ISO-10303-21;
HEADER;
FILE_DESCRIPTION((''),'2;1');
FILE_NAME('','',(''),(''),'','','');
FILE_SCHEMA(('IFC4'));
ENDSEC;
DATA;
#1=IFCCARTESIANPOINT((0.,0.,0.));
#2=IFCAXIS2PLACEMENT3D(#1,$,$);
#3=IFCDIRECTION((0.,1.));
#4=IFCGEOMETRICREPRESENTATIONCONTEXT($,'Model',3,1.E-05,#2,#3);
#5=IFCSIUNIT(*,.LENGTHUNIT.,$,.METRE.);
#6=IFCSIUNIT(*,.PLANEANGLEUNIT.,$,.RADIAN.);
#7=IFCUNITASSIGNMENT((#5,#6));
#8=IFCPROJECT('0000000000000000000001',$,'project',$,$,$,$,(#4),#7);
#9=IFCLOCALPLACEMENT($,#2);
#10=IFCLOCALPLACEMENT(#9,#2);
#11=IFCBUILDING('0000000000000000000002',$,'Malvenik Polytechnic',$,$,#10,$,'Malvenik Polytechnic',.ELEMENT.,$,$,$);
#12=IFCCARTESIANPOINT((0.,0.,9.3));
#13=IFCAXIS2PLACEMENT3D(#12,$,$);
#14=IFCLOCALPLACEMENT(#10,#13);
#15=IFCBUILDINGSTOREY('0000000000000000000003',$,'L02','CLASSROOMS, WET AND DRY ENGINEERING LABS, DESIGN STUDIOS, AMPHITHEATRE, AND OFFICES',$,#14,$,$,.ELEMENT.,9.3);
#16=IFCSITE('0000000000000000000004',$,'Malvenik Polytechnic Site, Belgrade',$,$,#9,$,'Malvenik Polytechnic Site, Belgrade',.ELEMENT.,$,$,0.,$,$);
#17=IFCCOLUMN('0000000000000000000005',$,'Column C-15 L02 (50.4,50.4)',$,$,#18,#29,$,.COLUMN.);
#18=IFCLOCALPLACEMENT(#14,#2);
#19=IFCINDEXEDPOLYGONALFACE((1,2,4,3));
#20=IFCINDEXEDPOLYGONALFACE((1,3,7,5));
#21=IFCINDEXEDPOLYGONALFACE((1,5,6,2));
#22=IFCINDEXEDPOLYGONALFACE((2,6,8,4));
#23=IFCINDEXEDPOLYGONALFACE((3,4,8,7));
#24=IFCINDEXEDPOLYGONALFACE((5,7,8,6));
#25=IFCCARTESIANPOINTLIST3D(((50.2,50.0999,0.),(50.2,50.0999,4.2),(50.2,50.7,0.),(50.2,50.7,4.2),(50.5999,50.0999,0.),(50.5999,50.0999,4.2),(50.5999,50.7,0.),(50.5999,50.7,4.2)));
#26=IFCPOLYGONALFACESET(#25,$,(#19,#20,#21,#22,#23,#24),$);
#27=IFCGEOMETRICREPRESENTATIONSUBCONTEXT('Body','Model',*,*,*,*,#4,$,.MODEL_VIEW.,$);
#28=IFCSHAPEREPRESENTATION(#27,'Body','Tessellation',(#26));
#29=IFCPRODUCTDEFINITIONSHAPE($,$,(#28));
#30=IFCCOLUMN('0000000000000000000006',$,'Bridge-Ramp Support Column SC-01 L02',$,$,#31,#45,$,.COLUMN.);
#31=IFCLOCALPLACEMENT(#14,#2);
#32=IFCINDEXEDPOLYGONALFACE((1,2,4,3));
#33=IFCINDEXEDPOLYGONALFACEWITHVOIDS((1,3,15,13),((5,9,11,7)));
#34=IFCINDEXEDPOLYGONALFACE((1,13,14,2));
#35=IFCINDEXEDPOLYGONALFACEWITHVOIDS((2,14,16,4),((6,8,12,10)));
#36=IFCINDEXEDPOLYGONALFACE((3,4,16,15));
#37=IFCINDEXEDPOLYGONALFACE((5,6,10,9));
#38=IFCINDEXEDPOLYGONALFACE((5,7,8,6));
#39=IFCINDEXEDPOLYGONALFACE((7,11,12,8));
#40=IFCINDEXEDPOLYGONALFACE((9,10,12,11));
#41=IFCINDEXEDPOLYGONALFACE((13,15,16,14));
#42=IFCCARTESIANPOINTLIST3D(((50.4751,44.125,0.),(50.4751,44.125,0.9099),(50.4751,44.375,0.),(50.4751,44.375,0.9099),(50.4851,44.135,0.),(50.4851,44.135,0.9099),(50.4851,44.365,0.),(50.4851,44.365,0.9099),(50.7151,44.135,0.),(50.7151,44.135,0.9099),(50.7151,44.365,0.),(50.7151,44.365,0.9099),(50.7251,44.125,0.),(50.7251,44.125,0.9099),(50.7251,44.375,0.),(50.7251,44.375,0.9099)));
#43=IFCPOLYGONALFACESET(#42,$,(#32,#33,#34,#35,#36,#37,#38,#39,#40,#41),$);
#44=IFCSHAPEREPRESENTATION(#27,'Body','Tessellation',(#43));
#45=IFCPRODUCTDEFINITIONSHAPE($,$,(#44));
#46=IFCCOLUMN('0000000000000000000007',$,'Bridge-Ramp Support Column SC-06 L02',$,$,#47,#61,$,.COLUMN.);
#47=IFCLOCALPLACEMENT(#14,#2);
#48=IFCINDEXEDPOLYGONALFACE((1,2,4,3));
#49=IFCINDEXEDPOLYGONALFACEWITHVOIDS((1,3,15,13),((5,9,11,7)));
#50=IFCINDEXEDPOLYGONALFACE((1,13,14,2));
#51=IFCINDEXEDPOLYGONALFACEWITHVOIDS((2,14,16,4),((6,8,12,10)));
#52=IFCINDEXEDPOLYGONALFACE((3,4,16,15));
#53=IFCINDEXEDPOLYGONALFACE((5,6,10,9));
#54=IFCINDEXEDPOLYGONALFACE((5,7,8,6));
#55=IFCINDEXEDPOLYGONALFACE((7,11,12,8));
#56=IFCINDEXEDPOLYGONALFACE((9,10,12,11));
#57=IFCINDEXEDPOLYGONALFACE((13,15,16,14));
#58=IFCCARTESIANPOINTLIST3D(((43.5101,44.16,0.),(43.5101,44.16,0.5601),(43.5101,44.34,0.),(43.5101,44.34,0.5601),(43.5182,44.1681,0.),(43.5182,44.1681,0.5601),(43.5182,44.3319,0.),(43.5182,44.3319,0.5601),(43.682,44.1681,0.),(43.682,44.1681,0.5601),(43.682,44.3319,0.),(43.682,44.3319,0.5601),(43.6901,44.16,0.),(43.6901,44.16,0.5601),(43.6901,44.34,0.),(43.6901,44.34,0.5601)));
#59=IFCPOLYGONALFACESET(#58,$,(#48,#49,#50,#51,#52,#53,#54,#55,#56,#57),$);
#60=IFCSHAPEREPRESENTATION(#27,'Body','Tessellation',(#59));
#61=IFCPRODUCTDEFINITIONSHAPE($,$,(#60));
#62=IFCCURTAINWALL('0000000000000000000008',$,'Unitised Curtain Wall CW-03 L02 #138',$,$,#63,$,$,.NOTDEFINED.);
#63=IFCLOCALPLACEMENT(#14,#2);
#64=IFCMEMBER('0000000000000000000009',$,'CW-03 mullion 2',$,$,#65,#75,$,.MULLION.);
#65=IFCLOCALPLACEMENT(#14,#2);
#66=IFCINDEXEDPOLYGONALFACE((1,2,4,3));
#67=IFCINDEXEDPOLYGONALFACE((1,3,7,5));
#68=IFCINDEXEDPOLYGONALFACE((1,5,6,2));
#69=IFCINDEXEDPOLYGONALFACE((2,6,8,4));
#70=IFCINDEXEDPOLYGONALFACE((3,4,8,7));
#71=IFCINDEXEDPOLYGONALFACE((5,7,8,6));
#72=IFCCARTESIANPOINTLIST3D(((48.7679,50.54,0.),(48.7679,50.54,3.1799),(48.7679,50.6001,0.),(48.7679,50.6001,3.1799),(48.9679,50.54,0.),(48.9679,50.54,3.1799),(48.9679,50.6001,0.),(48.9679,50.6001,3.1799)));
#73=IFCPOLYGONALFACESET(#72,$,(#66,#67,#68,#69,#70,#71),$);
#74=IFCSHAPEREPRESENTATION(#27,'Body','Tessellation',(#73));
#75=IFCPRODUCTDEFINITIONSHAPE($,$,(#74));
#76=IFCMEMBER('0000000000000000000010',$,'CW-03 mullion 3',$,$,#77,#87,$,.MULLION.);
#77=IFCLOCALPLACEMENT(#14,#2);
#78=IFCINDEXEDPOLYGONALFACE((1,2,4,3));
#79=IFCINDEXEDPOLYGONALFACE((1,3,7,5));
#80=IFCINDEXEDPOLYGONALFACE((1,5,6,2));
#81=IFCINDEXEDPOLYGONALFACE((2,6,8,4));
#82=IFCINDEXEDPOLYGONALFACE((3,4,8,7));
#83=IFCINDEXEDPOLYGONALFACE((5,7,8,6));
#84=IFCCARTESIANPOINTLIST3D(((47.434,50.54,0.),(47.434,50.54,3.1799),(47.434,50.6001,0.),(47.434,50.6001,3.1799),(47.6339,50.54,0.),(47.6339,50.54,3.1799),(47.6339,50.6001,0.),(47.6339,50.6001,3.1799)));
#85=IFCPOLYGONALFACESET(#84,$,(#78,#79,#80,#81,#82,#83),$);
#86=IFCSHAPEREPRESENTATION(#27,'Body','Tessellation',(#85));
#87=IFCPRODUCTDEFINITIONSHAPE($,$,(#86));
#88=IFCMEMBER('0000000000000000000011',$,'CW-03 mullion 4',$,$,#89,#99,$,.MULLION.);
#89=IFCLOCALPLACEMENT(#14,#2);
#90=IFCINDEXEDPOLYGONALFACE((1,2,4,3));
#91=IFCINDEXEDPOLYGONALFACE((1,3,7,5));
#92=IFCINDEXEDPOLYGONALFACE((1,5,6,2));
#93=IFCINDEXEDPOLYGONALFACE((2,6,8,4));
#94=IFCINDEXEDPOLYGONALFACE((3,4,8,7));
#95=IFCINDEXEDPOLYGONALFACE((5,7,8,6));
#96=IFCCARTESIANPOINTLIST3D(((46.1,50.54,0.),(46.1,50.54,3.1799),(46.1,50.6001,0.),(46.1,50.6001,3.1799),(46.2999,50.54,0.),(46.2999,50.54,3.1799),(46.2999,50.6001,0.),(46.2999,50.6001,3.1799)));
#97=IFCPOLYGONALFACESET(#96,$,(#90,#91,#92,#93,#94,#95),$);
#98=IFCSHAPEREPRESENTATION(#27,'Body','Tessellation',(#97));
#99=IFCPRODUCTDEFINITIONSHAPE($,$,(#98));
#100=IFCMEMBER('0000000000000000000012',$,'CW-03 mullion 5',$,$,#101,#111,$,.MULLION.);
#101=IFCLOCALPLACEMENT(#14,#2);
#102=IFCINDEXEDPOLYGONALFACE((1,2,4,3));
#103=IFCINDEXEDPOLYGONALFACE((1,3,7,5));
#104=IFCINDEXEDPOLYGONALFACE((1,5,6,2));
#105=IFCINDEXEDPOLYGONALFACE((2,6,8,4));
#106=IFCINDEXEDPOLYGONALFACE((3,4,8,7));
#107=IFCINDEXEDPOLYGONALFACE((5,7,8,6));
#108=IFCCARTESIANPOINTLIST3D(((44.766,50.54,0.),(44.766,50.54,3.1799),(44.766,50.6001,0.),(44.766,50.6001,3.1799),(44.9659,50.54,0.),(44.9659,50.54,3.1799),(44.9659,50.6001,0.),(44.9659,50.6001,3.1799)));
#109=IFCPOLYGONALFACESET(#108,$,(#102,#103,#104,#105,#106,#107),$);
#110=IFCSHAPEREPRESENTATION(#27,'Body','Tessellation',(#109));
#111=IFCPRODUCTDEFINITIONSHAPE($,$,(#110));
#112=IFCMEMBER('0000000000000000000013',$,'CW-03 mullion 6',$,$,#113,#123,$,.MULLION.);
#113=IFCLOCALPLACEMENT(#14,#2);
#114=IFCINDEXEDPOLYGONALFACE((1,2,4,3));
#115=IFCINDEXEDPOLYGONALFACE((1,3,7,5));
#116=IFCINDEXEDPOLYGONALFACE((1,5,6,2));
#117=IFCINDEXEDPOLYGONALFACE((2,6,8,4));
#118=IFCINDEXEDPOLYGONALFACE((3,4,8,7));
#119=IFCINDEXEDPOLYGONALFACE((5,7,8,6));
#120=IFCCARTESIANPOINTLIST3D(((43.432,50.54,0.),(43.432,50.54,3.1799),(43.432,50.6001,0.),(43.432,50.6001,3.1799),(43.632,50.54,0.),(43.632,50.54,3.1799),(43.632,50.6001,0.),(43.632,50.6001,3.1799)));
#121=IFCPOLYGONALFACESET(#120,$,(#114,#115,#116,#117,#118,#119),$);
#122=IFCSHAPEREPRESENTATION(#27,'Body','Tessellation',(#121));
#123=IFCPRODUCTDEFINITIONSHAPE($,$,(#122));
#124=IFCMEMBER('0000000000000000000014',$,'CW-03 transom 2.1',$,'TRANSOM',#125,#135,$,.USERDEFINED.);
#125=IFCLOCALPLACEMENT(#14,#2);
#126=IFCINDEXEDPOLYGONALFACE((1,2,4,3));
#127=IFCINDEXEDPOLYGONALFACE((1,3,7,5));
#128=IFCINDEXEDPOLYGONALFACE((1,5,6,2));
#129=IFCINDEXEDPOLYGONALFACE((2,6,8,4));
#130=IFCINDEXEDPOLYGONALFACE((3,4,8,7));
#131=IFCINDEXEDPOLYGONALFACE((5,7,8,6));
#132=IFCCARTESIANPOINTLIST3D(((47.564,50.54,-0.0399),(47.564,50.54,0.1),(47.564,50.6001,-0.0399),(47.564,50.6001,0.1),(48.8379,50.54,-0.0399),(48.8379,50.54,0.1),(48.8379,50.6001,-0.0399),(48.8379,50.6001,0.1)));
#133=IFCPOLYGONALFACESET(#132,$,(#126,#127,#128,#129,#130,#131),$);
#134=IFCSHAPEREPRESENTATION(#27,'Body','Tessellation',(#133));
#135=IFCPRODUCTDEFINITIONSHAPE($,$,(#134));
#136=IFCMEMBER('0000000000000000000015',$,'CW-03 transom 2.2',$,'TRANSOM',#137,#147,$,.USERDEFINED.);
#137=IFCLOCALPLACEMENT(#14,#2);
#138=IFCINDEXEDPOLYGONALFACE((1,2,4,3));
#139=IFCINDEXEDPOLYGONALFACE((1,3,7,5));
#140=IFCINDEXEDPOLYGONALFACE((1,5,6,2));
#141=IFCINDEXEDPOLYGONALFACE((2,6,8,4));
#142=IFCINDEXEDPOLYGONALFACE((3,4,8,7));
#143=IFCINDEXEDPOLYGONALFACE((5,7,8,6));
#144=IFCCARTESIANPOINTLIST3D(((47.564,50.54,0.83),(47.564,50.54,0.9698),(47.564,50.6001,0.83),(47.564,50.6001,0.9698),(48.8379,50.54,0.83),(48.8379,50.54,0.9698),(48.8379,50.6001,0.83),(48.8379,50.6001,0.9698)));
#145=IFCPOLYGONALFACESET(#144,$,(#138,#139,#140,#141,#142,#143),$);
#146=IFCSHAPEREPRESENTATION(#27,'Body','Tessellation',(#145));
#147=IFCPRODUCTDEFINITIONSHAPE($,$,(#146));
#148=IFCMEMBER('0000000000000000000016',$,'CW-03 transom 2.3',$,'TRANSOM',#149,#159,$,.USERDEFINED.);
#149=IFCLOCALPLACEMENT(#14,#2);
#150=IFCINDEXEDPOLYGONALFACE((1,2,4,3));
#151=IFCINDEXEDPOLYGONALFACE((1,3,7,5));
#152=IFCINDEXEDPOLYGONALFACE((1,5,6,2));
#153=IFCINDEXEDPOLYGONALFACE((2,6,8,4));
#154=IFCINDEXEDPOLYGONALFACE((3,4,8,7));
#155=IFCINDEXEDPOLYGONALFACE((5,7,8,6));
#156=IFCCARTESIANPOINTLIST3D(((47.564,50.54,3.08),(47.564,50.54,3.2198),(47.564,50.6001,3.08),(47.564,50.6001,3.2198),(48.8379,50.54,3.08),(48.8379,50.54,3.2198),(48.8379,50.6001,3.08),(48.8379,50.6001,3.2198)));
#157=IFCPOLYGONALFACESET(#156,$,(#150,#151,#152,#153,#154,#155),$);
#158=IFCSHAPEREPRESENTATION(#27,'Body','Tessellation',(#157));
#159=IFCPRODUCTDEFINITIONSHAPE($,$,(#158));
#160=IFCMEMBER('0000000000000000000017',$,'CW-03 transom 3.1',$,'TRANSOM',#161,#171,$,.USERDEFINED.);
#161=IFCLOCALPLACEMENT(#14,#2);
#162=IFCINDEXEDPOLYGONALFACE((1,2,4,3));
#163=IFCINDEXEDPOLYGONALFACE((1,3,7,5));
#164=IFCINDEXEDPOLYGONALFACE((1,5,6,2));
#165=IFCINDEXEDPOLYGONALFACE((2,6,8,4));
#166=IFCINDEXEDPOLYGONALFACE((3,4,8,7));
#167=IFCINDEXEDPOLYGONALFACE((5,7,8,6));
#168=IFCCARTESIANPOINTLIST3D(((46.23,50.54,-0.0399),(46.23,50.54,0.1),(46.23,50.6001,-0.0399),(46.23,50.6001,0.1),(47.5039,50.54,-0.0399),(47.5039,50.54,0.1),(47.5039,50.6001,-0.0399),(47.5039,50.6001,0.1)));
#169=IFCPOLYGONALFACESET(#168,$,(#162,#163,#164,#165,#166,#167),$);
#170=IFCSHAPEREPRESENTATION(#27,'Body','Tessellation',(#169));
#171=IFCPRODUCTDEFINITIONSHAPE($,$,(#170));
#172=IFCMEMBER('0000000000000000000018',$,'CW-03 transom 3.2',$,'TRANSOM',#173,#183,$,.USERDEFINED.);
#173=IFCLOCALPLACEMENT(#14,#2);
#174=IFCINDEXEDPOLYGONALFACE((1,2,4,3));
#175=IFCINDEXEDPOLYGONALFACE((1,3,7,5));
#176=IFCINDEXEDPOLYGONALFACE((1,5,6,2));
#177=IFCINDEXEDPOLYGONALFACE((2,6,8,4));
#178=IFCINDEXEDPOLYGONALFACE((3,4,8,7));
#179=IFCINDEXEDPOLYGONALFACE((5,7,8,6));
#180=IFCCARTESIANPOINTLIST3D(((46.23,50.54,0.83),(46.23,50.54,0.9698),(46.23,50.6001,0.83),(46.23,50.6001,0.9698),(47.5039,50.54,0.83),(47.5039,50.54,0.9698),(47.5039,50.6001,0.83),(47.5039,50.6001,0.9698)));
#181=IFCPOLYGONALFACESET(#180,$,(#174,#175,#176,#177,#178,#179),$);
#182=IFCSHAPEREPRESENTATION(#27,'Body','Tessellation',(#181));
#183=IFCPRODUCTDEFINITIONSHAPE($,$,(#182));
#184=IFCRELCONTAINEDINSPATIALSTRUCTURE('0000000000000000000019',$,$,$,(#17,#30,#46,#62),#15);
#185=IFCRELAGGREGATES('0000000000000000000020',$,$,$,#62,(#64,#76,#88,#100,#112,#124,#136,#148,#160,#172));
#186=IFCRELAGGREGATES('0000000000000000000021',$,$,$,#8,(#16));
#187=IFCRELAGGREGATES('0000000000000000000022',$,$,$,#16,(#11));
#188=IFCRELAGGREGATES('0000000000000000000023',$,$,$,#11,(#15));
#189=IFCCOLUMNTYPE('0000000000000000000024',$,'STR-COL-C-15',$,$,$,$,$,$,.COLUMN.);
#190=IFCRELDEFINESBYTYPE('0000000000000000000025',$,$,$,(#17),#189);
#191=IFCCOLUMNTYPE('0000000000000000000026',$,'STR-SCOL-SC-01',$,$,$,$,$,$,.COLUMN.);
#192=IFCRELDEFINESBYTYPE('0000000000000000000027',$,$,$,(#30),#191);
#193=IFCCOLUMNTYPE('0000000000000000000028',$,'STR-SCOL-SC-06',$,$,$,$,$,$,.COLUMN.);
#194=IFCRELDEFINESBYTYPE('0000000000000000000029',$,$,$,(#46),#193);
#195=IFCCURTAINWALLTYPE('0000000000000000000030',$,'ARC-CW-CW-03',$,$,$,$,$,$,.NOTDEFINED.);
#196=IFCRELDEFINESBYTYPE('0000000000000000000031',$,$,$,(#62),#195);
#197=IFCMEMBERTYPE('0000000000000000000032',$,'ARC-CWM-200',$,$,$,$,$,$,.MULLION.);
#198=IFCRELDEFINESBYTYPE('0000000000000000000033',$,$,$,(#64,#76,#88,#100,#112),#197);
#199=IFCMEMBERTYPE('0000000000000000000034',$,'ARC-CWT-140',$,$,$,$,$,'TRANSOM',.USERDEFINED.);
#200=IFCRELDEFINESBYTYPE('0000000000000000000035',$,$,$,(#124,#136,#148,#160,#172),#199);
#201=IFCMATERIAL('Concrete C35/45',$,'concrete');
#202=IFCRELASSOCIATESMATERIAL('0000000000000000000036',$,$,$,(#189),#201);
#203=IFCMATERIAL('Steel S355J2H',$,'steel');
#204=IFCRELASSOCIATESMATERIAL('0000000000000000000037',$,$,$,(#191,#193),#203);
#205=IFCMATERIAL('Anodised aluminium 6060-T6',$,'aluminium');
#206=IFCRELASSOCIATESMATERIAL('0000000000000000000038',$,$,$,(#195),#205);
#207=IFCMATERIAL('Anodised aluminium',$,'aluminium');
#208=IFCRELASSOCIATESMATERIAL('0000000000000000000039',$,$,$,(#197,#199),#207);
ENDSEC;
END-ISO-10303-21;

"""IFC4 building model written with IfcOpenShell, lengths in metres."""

from ifc_helpers import new_model, si_unit, direction, frame, origin, origin_2d, place, context, subcontext, project, spatial, rectangle, hollow_rectangle, extrude, material, material_profile, profile_set, type_object, element, aggregate, save


model = new_model("IFC4")

# Units and contexts
model_context = context("Model", 3, precision=1e-05, world=origin(), true_north=direction((0.0, 1.0)))
body_context = subcontext(model_context, "Body", "Model", "MODEL_VIEW")
ifc_project = project(units=[si_unit("LENGTHUNIT", "METRE"), si_unit("PLANEANGLEUNIT", "RADIAN")], contexts=[model_context])

# Site, building, storey
site_placement = place(None, origin())
site = spatial("IfcSite", under=ifc_project, at=site_placement, Name="Malvenik Polytechnic Site, Belgrade", LongName="Malvenik Polytechnic Site, Belgrade", CompositionType="ELEMENT", RefElevation=0.0)
building_placement = place(site_placement, origin())
building = spatial("IfcBuilding", under=site, at=building_placement, Name="Malvenik Polytechnic", LongName="Malvenik Polytechnic", CompositionType="ELEMENT")
storey_placement = place(building_placement, frame((0.0, 0.0, 9.3)))
storey = spatial("IfcBuildingStorey", under=building, at=storey_placement, Name="L02", Description="CLASSROOMS, WET AND DRY ENGINEERING LABS, DESIGN STUDIOS, AMPHITHEATRE, AND OFFICES", CompositionType="ELEMENT", Elevation=9.3)

# Columns
ifc_material_1 = material(Name="Concrete C35/45", Category="concrete")
ifc_material_profile_1 = material_profile(ifc_material_1, rectangle(XDim=0.3999, YDim=0.6001, at=origin_2d()), Name="RC COL 600x400")
ifc_profile_set_1 = profile_set([ifc_material_profile_1], Name="Concrete C35/45")
column_type_1 = type_object("IfcColumnType", Name="STR-COL-C-15", PredefinedType="COLUMN", material=ifc_profile_set_1)
column_1_placement = place(storey_placement, frame((50.3999, 50.3999, 0.0), z_axis=(0.0, 0.0, 1.0), x_axis=(1.0, 0.0, 0.0)))
element("IfcColumn", 1, at=column_1_placement, inside=storey, type_object=column_type_1, Name="Column C-15 L02 (50.4,50.4)", PredefinedType="COLUMN", context=body_context, shape_type="SweptSolid", body=[
    extrude(rectangle(XDim=0.3999, YDim=0.6001, at=origin_2d()), origin(), (0.0, 0.0, 1.0), 4.2),
])
ifc_material_2 = material(Name="Steel S355J2H", Category="steel")
ifc_material_profile_2 = material_profile(ifc_material_2, hollow_rectangle(XDim=0.25, YDim=0.25, WallThickness=0.01, at=origin_2d()), Name="SHS 250x250x10.0")
ifc_profile_set_2 = profile_set([ifc_material_profile_2], Name="Steel S355J2H")
column_type_2 = type_object("IfcColumnType", Name="STR-SCOL-SC-01", PredefinedType="COLUMN", material=ifc_profile_set_2)
column_2_placement = place(storey_placement, frame((50.6001, 44.25, 0.0), z_axis=(0.0, 0.0, 1.0), x_axis=(1.0, 0.0, 0.0)))
element("IfcColumn", 2, at=column_2_placement, inside=storey, type_object=column_type_2, Name="Bridge-Ramp Support Column SC-01 L02", PredefinedType="COLUMN", context=body_context, shape_type="SweptSolid", body=[
    extrude(hollow_rectangle(XDim=0.25, YDim=0.25, WallThickness=0.01, at=origin_2d()), origin(), (0.0, 0.0, 1.0), 0.9099),
])
ifc_material_profile_3 = material_profile(ifc_material_2, hollow_rectangle(XDim=0.1799, YDim=0.1799, WallThickness=0.0081, at=origin_2d()), Name="SHS 180x180x8.0")
ifc_profile_set_3 = profile_set([ifc_material_profile_3], Name="Steel S355J2H")
column_type_3 = type_object("IfcColumnType", Name="STR-SCOL-SC-06", PredefinedType="COLUMN", material=ifc_profile_set_3)
column_3_placement = place(storey_placement, frame((43.6001, 44.25, 0.0), z_axis=(0.0, 0.0, 1.0), x_axis=(1.0, 0.0, 0.0)))
element("IfcColumn", 3, at=column_3_placement, inside=storey, type_object=column_type_3, Name="Bridge-Ramp Support Column SC-06 L02", PredefinedType="COLUMN", context=body_context, shape_type="SweptSolid", body=[
    extrude(hollow_rectangle(XDim=0.1799, YDim=0.1799, WallThickness=0.0081, at=origin_2d()), origin(), (0.0, 0.0, 1.0), 0.5601),
])

# Curtain wall, members
ifc_material_3 = material(Name="Anodised aluminium 6060-T6", Category="aluminium")
curtain_wall_type = type_object("IfcCurtainWallType", Name="ARC-CW-CW-03", PredefinedType="NOTDEFINED", material=ifc_material_3)
curtain_wall_placement = place(storey_placement, origin())
curtain_wall = element("IfcCurtainWall", 4, at=curtain_wall_placement, inside=storey, type_object=curtain_wall_type, Name="Unitised Curtain Wall CW-03 L02 #138", PredefinedType="NOTDEFINED")
ifc_material_4 = material(Name="Anodised aluminium", Category="aluminium")
ifc_material_profile_4 = material_profile(ifc_material_4, rectangle(XDim=0.0601, YDim=0.2, at=origin_2d()), Name="ALU MULLION 60x200")
ifc_profile_set_4 = profile_set([ifc_material_profile_4], Name="Anodised aluminium")
member_type_1 = type_object("IfcMemberType", Name="ARC-CWM-200", PredefinedType="MULLION", material=ifc_profile_set_4)
member_1_placement = place(storey_placement, frame((48.8679, 50.5701, 0.0), z_axis=(0.0, 0.0, 1.0), x_axis=(0.0, -1.0, 0.0)))
member_1 = element("IfcMember", 5, at=member_1_placement, type_object=member_type_1, Name="CW-03 mullion 2", PredefinedType="MULLION", context=body_context, shape_type="SweptSolid", body=[
    extrude(rectangle(XDim=0.0601, YDim=0.2, at=origin_2d()), origin(), (0.0, 0.0, 1.0), 3.1799),
])
member_2_placement = place(storey_placement, frame((47.5339, 50.5701, 0.0), z_axis=(0.0, 0.0, 1.0), x_axis=(0.0, -1.0, 0.0)))
member_2 = element("IfcMember", 6, at=member_2_placement, type_object=member_type_1, Name="CW-03 mullion 3", PredefinedType="MULLION", context=body_context, shape_type="SweptSolid", body=[
    extrude(rectangle(XDim=0.0601, YDim=0.2, at=origin_2d()), origin(), (0.0, 0.0, 1.0), 3.1799),
])
member_3_placement = place(storey_placement, frame((46.2, 50.5701, 0.0), z_axis=(0.0, 0.0, 1.0), x_axis=(0.0, -1.0, 0.0)))
member_3 = element("IfcMember", 7, at=member_3_placement, type_object=member_type_1, Name="CW-03 mullion 4", PredefinedType="MULLION", context=body_context, shape_type="SweptSolid", body=[
    extrude(rectangle(XDim=0.0601, YDim=0.2, at=origin_2d()), origin(), (0.0, 0.0, 1.0), 3.1799),
])
member_4_placement = place(storey_placement, frame((44.866, 50.5701, 0.0), z_axis=(0.0, 0.0, 1.0), x_axis=(0.0, -1.0, 0.0)))
member_4 = element("IfcMember", 8, at=member_4_placement, type_object=member_type_1, Name="CW-03 mullion 5", PredefinedType="MULLION", context=body_context, shape_type="SweptSolid", body=[
    extrude(rectangle(XDim=0.0601, YDim=0.2, at=origin_2d()), origin(), (0.0, 0.0, 1.0), 3.1799),
])
member_5_placement = place(storey_placement, frame((43.532, 50.5701, 0.0), z_axis=(0.0, 0.0, 1.0), x_axis=(0.0, -1.0, 0.0)))
member_5 = element("IfcMember", 9, at=member_5_placement, type_object=member_type_1, Name="CW-03 mullion 6", PredefinedType="MULLION", context=body_context, shape_type="SweptSolid", body=[
    extrude(rectangle(XDim=0.0601, YDim=0.2, at=origin_2d()), origin(), (0.0, 0.0, 1.0), 3.1799),
])
ifc_material_profile_5 = material_profile(ifc_material_4, rectangle(XDim=0.0601, YDim=0.1399, at=origin_2d()), Name="ALU TRANSOM 60x140")
ifc_profile_set_5 = profile_set([ifc_material_profile_5], Name="Anodised aluminium")
member_type_2 = type_object("IfcMemberType", Name="ARC-CWT-140", ElementType="TRANSOM", PredefinedType="USERDEFINED", material=ifc_profile_set_5)
member_6_placement = place(storey_placement, frame((48.8379, 50.5701, 0.03), z_axis=(-1.0, 0.0, 0.0), x_axis=(0.0, -1.0, 0.0)))
member_6 = element("IfcMember", 10, at=member_6_placement, type_object=member_type_2, Name="CW-03 transom 2.1", ObjectType="TRANSOM", PredefinedType="USERDEFINED", context=body_context, shape_type="SweptSolid", body=[
    extrude(rectangle(XDim=0.0601, YDim=0.1399, at=origin_2d()), origin(), (0.0, 0.0, 1.0), 1.2739),
])
member_7_placement = place(storey_placement, frame((48.8379, 50.5701, 0.8999), z_axis=(-1.0, 0.0, 0.0), x_axis=(0.0, -1.0, 0.0)))
member_7 = element("IfcMember", 11, at=member_7_placement, type_object=member_type_2, Name="CW-03 transom 2.2", ObjectType="TRANSOM", PredefinedType="USERDEFINED", context=body_context, shape_type="SweptSolid", body=[
    extrude(rectangle(XDim=0.0601, YDim=0.1399, at=origin_2d()), origin(), (0.0, 0.0, 1.0), 1.2739),
])
member_8_placement = place(storey_placement, frame((48.8379, 50.5701, 3.1499), z_axis=(-1.0, 0.0, 0.0), x_axis=(0.0, -1.0, 0.0)))
member_8 = element("IfcMember", 12, at=member_8_placement, type_object=member_type_2, Name="CW-03 transom 2.3", ObjectType="TRANSOM", PredefinedType="USERDEFINED", context=body_context, shape_type="SweptSolid", body=[
    extrude(rectangle(XDim=0.0601, YDim=0.1399, at=origin_2d()), origin(), (0.0, 0.0, 1.0), 1.2739),
])
member_9_placement = place(storey_placement, frame((47.5039, 50.5701, 0.03), z_axis=(-1.0, 0.0, 0.0), x_axis=(0.0, -1.0, 0.0)))
member_9 = element("IfcMember", 13, at=member_9_placement, type_object=member_type_2, Name="CW-03 transom 3.1", ObjectType="TRANSOM", PredefinedType="USERDEFINED", context=body_context, shape_type="SweptSolid", body=[
    extrude(rectangle(XDim=0.0601, YDim=0.1399, at=origin_2d()), origin(), (0.0, 0.0, 1.0), 1.2739),
])
member_10_placement = place(storey_placement, frame((47.5039, 50.5701, 0.8999), z_axis=(-1.0, 0.0, 0.0), x_axis=(0.0, -1.0, 0.0)))
member_10 = element("IfcMember", 14, at=member_10_placement, type_object=member_type_2, Name="CW-03 transom 3.2", ObjectType="TRANSOM", PredefinedType="USERDEFINED", context=body_context, shape_type="SweptSolid", body=[
    extrude(rectangle(XDim=0.0601, YDim=0.1399, at=origin_2d()), origin(), (0.0, 0.0, 1.0), 1.2739),
])

aggregate(curtain_wall, [member_1, member_2, member_3, member_4, member_5, member_6, member_7, member_8, member_9, member_10])

save(model, "model.ifc")
